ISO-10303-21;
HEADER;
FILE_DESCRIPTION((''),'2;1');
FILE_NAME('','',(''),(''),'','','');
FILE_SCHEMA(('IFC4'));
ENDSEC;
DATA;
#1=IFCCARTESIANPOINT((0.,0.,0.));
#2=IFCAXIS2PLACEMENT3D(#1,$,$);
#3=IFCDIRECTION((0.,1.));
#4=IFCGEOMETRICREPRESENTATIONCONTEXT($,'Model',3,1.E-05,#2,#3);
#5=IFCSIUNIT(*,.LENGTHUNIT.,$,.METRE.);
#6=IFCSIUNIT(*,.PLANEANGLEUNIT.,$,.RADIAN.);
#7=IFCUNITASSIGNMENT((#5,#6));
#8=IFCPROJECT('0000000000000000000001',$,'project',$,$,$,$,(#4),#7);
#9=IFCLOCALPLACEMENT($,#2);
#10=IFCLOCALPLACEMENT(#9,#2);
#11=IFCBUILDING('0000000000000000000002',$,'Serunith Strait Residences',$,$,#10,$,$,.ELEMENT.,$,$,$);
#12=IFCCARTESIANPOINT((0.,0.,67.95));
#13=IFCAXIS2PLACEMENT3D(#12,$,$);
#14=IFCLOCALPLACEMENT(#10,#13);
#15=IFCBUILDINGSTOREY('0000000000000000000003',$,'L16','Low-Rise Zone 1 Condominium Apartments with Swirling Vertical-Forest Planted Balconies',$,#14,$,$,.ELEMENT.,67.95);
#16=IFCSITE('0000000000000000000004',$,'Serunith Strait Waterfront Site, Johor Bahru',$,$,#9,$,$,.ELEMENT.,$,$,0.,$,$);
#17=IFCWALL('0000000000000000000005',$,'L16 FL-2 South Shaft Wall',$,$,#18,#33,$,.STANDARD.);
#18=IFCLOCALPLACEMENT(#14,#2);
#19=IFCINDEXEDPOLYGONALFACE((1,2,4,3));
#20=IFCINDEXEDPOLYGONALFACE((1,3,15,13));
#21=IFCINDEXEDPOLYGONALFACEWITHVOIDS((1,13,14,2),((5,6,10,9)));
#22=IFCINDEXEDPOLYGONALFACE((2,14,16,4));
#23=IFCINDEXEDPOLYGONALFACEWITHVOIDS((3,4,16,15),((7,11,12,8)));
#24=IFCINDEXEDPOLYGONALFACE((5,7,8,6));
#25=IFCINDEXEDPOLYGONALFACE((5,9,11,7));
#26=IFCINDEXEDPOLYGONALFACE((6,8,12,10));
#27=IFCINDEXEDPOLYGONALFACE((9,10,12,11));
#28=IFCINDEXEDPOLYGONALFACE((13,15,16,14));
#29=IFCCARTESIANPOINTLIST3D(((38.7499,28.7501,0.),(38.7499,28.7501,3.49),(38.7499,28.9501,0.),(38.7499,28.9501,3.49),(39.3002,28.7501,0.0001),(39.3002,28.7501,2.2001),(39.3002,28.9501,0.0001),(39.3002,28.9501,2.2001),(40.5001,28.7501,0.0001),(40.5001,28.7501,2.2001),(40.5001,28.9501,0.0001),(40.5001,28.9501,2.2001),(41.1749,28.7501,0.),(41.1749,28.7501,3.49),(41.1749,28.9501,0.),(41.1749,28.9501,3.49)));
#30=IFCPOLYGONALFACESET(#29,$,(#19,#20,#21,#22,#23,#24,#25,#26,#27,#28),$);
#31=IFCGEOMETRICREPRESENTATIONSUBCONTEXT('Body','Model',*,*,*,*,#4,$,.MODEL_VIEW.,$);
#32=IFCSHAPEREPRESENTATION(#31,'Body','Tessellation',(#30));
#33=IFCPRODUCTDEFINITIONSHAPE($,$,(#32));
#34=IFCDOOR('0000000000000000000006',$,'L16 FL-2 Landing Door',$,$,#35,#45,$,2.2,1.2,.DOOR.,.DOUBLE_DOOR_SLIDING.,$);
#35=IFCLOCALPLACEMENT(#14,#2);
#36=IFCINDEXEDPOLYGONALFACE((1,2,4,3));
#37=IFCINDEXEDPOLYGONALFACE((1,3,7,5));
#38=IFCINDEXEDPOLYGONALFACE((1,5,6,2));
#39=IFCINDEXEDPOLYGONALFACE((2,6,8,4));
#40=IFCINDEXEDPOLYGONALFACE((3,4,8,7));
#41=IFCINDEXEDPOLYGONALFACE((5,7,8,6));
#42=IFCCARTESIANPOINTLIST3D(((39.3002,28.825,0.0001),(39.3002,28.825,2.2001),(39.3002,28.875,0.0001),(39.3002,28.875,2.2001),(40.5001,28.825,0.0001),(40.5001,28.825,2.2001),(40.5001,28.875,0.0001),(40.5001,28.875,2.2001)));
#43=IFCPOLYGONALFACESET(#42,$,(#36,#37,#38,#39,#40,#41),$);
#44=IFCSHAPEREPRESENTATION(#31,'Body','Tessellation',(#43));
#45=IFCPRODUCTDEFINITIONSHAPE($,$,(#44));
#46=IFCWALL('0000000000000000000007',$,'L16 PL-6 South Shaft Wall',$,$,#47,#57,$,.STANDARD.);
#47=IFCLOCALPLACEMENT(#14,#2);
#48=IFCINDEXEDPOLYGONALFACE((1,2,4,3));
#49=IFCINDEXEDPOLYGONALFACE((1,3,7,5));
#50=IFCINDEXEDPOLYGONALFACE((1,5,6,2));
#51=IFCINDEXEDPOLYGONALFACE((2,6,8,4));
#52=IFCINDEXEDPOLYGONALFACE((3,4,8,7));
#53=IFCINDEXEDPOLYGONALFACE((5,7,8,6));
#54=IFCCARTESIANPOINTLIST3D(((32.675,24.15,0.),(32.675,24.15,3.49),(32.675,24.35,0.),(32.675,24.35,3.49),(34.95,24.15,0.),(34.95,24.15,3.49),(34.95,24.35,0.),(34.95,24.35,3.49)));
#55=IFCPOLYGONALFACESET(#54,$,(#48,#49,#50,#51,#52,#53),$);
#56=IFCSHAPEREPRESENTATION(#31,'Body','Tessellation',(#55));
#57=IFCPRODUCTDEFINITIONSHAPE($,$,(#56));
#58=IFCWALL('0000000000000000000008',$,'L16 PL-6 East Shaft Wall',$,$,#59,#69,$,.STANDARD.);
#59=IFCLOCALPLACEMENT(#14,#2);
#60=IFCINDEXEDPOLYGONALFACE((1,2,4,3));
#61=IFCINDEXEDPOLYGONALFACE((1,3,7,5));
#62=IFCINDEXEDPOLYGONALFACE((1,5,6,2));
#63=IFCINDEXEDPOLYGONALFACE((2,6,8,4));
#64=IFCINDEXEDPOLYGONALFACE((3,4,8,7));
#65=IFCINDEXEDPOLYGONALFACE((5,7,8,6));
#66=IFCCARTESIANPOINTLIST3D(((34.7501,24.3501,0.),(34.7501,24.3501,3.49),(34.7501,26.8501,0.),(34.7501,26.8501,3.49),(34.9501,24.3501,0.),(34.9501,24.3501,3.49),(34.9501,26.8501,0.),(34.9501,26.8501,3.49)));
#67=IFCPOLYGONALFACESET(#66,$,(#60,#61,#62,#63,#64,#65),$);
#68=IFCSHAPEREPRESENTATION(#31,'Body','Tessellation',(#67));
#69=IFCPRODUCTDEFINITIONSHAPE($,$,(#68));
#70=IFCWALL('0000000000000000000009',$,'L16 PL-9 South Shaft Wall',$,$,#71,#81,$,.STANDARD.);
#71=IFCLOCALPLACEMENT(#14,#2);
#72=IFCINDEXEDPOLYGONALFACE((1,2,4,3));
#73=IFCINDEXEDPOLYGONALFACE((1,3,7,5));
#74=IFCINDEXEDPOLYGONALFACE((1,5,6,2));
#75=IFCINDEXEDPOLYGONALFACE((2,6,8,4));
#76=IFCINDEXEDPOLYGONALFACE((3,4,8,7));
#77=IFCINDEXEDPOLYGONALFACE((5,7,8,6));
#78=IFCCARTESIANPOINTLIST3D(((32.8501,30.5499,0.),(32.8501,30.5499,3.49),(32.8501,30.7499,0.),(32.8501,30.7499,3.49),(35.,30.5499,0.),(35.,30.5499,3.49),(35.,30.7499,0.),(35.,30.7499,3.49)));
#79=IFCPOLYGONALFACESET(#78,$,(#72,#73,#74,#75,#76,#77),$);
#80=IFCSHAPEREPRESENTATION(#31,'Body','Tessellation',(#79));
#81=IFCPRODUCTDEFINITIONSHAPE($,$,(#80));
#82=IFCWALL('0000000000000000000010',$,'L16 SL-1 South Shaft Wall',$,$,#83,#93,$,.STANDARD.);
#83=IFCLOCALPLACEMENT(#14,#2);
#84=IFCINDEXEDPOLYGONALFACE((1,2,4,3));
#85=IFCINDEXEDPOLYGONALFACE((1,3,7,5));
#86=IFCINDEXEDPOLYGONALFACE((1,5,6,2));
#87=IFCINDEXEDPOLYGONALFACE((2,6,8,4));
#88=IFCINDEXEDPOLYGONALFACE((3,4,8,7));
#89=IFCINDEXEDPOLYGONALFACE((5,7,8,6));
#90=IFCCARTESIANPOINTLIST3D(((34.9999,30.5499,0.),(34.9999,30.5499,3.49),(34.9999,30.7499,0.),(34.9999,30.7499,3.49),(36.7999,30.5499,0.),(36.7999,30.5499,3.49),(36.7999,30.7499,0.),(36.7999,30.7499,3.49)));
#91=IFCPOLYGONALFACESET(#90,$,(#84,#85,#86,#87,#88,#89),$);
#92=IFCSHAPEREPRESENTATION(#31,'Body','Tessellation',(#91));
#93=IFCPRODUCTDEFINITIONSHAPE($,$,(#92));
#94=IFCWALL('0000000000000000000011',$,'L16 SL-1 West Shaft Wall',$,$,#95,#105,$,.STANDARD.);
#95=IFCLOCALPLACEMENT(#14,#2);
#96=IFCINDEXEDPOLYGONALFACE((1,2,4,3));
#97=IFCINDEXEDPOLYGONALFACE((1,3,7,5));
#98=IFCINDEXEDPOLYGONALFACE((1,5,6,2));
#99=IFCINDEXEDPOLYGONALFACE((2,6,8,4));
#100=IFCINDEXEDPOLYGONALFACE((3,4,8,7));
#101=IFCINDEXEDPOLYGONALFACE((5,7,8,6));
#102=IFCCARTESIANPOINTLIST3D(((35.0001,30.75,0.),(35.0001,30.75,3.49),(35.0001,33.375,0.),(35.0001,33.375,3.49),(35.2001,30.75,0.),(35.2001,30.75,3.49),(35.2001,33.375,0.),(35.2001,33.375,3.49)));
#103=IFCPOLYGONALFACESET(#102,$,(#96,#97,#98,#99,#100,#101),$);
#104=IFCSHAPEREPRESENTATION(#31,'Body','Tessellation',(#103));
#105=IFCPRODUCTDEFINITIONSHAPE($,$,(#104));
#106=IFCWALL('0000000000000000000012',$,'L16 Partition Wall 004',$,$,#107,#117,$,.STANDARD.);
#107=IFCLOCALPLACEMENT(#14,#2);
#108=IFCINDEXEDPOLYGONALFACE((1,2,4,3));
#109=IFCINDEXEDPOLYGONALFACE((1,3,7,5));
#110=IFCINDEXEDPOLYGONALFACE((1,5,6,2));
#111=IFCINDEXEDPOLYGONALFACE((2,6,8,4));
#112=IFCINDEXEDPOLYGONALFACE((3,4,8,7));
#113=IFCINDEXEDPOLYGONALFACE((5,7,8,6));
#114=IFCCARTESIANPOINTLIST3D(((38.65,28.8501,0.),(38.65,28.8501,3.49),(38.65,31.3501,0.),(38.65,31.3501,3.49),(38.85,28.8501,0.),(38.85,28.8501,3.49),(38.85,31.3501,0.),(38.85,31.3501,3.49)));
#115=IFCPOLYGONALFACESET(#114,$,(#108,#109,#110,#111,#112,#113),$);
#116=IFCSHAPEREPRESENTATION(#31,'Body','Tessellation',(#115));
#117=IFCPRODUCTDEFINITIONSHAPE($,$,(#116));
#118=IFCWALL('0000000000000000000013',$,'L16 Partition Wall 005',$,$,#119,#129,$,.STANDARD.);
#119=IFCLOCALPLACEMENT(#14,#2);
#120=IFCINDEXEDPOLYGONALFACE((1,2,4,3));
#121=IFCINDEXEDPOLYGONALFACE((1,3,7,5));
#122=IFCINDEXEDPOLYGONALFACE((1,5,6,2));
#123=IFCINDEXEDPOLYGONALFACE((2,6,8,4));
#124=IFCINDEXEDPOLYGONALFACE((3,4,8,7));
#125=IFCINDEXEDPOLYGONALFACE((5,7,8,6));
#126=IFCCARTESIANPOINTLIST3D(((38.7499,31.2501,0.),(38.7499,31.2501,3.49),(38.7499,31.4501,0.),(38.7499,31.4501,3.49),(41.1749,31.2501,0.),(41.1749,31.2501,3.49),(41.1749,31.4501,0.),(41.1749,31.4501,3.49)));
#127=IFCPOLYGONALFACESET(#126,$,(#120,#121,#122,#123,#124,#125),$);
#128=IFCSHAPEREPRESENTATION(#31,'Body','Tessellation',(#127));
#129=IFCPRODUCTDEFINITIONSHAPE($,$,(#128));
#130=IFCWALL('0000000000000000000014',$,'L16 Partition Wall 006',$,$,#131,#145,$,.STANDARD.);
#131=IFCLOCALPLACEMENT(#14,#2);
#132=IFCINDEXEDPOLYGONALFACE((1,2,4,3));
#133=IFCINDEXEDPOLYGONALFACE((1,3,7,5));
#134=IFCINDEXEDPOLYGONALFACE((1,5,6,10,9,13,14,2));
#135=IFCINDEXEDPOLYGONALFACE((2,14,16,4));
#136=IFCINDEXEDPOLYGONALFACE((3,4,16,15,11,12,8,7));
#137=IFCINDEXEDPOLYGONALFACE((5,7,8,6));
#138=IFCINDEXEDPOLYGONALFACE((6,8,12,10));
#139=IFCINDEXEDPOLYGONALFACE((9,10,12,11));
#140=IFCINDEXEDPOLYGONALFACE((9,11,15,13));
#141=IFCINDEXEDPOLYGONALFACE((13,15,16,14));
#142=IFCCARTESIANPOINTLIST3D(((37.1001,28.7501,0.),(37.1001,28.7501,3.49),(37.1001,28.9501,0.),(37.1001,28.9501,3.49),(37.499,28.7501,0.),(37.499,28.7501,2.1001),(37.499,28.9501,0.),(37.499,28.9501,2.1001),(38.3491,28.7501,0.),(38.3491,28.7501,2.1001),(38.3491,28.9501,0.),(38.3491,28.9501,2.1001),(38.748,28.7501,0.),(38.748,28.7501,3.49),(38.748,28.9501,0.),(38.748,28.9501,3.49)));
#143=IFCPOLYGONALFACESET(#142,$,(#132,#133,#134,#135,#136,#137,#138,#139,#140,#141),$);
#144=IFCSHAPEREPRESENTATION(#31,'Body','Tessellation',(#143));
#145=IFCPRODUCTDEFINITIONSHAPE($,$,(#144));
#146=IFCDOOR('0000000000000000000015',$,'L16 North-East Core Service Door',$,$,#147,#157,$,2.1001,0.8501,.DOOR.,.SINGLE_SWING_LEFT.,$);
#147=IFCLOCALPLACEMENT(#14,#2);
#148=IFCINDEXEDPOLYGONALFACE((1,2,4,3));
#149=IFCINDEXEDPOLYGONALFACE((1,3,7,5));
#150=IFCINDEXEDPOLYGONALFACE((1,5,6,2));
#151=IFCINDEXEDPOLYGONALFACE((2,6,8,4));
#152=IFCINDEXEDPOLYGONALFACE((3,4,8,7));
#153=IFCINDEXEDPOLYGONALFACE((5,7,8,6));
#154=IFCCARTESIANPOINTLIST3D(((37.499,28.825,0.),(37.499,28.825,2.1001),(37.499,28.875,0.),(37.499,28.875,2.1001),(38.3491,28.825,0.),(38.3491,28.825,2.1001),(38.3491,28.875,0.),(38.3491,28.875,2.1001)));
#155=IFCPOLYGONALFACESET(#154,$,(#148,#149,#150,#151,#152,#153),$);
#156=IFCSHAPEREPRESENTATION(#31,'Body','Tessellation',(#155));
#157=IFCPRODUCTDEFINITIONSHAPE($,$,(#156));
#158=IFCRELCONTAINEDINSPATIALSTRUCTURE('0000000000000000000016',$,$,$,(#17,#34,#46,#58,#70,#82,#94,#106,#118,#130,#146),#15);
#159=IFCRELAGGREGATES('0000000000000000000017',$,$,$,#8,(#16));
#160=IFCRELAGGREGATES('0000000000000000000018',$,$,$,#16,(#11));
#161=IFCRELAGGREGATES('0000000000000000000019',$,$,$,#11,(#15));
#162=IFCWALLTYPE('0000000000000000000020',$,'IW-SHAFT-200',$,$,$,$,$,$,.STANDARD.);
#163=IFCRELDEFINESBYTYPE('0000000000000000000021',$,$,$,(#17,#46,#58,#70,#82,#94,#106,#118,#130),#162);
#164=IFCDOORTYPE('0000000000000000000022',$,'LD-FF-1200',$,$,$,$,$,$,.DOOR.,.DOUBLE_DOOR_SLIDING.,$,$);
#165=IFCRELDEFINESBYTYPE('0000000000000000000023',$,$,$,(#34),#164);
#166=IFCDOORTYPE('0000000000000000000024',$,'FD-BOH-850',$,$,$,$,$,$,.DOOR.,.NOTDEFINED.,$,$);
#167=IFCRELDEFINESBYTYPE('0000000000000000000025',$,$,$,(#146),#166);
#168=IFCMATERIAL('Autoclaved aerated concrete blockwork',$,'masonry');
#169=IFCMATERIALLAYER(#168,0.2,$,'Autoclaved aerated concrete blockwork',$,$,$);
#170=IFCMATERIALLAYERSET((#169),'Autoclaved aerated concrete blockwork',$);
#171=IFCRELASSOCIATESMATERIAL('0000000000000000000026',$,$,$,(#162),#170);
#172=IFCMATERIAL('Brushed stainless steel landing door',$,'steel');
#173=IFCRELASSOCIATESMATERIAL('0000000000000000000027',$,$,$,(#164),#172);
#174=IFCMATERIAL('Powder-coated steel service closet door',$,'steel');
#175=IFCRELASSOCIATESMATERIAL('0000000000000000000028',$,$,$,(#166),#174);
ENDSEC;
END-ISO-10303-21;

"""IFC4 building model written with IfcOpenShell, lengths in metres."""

from ifc_helpers import new_model, si_unit, direction, frame, frame_2d, origin, place, context, subcontext, project, spatial, rectangle, extrude, source, transform, mapped, material, layer, layer_set, type_object, element, fill, save


model = new_model("IFC4")

# Units and contexts
model_context = context("Model", 3, precision=1e-05, world=origin(), true_north=direction((0.0, 1.0)))
body_context = subcontext(model_context, "Body", "Model", "MODEL_VIEW")
ifc_project = project(units=[si_unit("LENGTHUNIT", "METRE"), si_unit("PLANEANGLEUNIT", "RADIAN")], contexts=[model_context])

# Site, building, storey
site_placement = place(None, origin())
site = spatial("IfcSite", under=ifc_project, at=site_placement, Name="Serunith Strait Waterfront Site, Johor Bahru", CompositionType="ELEMENT", RefElevation=0.0)
building_placement = place(site_placement, origin())
building = spatial("IfcBuilding", under=site, at=building_placement, Name="Serunith Strait Residences", CompositionType="ELEMENT")
storey_placement = place(building_placement, frame((0.0, 0.0, 67.95)))
storey = spatial("IfcBuildingStorey", under=building, at=storey_placement, Name="L16", Description="Low-Rise Zone 1 Condominium Apartments with Swirling Vertical-Forest Planted Balconies", CompositionType="ELEMENT", Elevation=67.95)

# Shared definitions
shared_shape_1 = source(origin(), body_context, "Body", "SweptSolid", [
    extrude(rectangle(XDim=0.8501, YDim=2.1001, at=frame_2d((0.425, 1.05))), frame((0.0, 0.0249, 0.0), z_axis=(0.0, -1.0, 0.0), x_axis=(1.0, 0.0, 0.0)), (0.0, 0.0, 1.0), 0.05),
])

# Wall, opening, door
ifc_material_1 = material(Name="Autoclaved aerated concrete blockwork", Category="masonry")
ifc_layer_1 = layer(ifc_material_1, 0.2, Name="Autoclaved aerated concrete blockwork")
ifc_layer_set_1 = layer_set([ifc_layer_1], Name="Autoclaved aerated concrete blockwork")
wall_type_1 = type_object("IfcWallType", Name="IW-SHAFT-200", PredefinedType="STANDARD", material=ifc_layer_set_1)
wall_1_placement = place(storey_placement, frame((38.75, 28.8501, 0.0), z_axis=(0.0, 0.0, 1.0), x_axis=(1.0, 0.0, 0.0)))
wall_1 = element("IfcWall", 1, at=wall_1_placement, inside=storey, type_object=wall_type_1, Name="L16 FL-2 South Shaft Wall", PredefinedType="STANDARD", context=body_context, shape_type="SweptSolid", body=[
    extrude(rectangle(XDim=2.425, YDim=0.2, at=frame_2d((1.2124, 0.0))), origin(), (0.0, 0.0, 1.0), 3.49),
])
opening_1_placement = place(wall_1_placement, frame((0.55, 0.0, 0.0)))
opening_1 = element("IfcOpeningElement", 2, at=opening_1_placement, cuts=wall_1, PredefinedType="OPENING", context=body_context, shape_type="SweptSolid", body=[
    extrude(rectangle(XDim=1.2, YDim=2.2, at=frame_2d((0.6001, 1.1001))), frame((0.0, 0.1099, 0.0), z_axis=(0.0, -1.0, 0.0), x_axis=(1.0, 0.0, 0.0)), (0.0, 0.0, 1.0), 0.22),
])
ifc_material_2 = material(Name="Brushed stainless steel landing door", Category="steel")
door_type_1 = type_object("IfcDoorType", Name="LD-FF-1200", OperationType="DOUBLE_DOOR_SLIDING", PredefinedType="DOOR", material=ifc_material_2)
shared_shape_2 = source(origin(), body_context, "Body", "SweptSolid", [
    extrude(rectangle(XDim=1.2, YDim=2.2, at=frame_2d((0.6001, 1.1001))), frame((0.0, 0.0249, 0.0), z_axis=(0.0, -1.0, 0.0), x_axis=(1.0, 0.0, 0.0)), (0.0, 0.0, 1.0), 0.05),
])
door_1_placement = place(opening_1_placement, origin())
door_1 = element("IfcDoor", 3, at=door_1_placement, inside=storey, type_object=door_type_1, Name="L16 FL-2 Landing Door", OperationType="DOUBLE_DOOR_SLIDING", OverallHeight=2.2, OverallWidth=1.2, PredefinedType="DOOR", context=body_context, shape_type="MappedRepresentation", body=[
    mapped(shared_shape_2, transform((0.0, 0.0, 0.0), scale=1.0)),
])
fill(opening_1, door_1)

# Walls
wall_2_placement = place(storey_placement, frame((32.675, 24.25, 0.0), z_axis=(0.0, 0.0, 1.0), x_axis=(1.0, 0.0, 0.0)))
element("IfcWall", 4, at=wall_2_placement, inside=storey, type_object=wall_type_1, Name="L16 PL-6 South Shaft Wall", PredefinedType="STANDARD", context=body_context, shape_type="SweptSolid", body=[
    extrude(rectangle(XDim=2.2749, YDim=0.2, at=frame_2d((1.1375, 0.0))), origin(), (0.0, 0.0, 1.0), 3.49),
])
wall_3_placement = place(storey_placement, frame((34.8501, 24.3501, 0.0), z_axis=(0.0, 0.0, 1.0), x_axis=(0.0, 1.0, 0.0)))
element("IfcWall", 5, at=wall_3_placement, inside=storey, type_object=wall_type_1, Name="L16 PL-6 East Shaft Wall", PredefinedType="STANDARD", context=body_context, shape_type="SweptSolid", body=[
    extrude(rectangle(XDim=2.5, YDim=0.2, at=frame_2d((1.25, 0.0))), origin(), (0.0, 0.0, 1.0), 3.49),
])
wall_4_placement = place(storey_placement, frame((32.8501, 30.6499, 0.0), z_axis=(0.0, 0.0, 1.0), x_axis=(1.0, 0.0, 0.0)))
element("IfcWall", 6, at=wall_4_placement, inside=storey, type_object=wall_type_1, Name="L16 PL-9 South Shaft Wall", PredefinedType="STANDARD", context=body_context, shape_type="SweptSolid", body=[
    extrude(rectangle(XDim=2.1499, YDim=0.2, at=frame_2d((1.075, 0.0))), origin(), (0.0, 0.0, 1.0), 3.49),
])
wall_5_placement = place(storey_placement, frame((35.0, 30.6499, 0.0), z_axis=(0.0, 0.0, 1.0), x_axis=(1.0, 0.0, 0.0)))
element("IfcWall", 7, at=wall_5_placement, inside=storey, type_object=wall_type_1, Name="L16 SL-1 South Shaft Wall", PredefinedType="STANDARD", context=body_context, shape_type="SweptSolid", body=[
    extrude(rectangle(XDim=1.8, YDim=0.2, at=frame_2d((0.8999, 0.0))), origin(), (0.0, 0.0, 1.0), 3.49),
])
wall_6_placement = place(storey_placement, frame((35.1001, 30.75, 0.0), z_axis=(0.0, 0.0, 1.0), x_axis=(0.0, 1.0, 0.0)))
element("IfcWall", 8, at=wall_6_placement, inside=storey, type_object=wall_type_1, Name="L16 SL-1 West Shaft Wall", PredefinedType="STANDARD", context=body_context, shape_type="SweptSolid", body=[
    extrude(rectangle(XDim=2.625, YDim=0.2, at=frame_2d((1.3125, 0.0))), origin(), (0.0, 0.0, 1.0), 3.49),
])
wall_7_placement = place(storey_placement, frame((38.75, 28.8501, 0.0), z_axis=(0.0, 0.0, 1.0), x_axis=(0.0, 1.0, 0.0)))
element("IfcWall", 9, at=wall_7_placement, inside=storey, type_object=wall_type_1, Name="L16 Partition Wall 004", PredefinedType="STANDARD", context=body_context, shape_type="SweptSolid", body=[
    extrude(rectangle(XDim=2.5, YDim=0.2, at=frame_2d((1.25, 0.0))), origin(), (0.0, 0.0, 1.0), 3.49),
])
wall_8_placement = place(storey_placement, frame((38.75, 31.3501, 0.0), z_axis=(0.0, 0.0, 1.0), x_axis=(1.0, 0.0, 0.0)))
element("IfcWall", 10, at=wall_8_placement, inside=storey, type_object=wall_type_1, Name="L16 Partition Wall 005", PredefinedType="STANDARD", context=body_context, shape_type="SweptSolid", body=[
    extrude(rectangle(XDim=2.425, YDim=0.2, at=frame_2d((1.2124, 0.0))), origin(), (0.0, 0.0, 1.0), 3.49),
])

# Wall, opening, door
wall_9_placement = place(storey_placement, frame((37.1001, 28.8501, 0.0), z_axis=(0.0, 0.0, 1.0), x_axis=(1.0, 0.0, 0.0)))
wall_9 = element("IfcWall", 11, at=wall_9_placement, inside=storey, type_object=wall_type_1, Name="L16 Partition Wall 006", PredefinedType="STANDARD", context=body_context, shape_type="SweptSolid", body=[
    extrude(rectangle(XDim=1.6479, YDim=0.2, at=frame_2d((0.824, 0.0))), origin(), (0.0, 0.0, 1.0), 3.49),
])
opening_2_placement = place(wall_9_placement, frame((0.3989, 0.0, 0.0)))
opening_2 = element("IfcOpeningElement", 12, at=opening_2_placement, cuts=wall_9, PredefinedType="OPENING", context=body_context, shape_type="SweptSolid", body=[
    extrude(rectangle(XDim=0.8501, YDim=2.1001, at=frame_2d((0.425, 1.05))), frame((0.0, 0.1099, 0.0), z_axis=(0.0, -1.0, 0.0), x_axis=(1.0, 0.0, 0.0)), (0.0, 0.0, 1.0), 0.22),
])
ifc_material_3 = material(Name="Powder-coated steel service closet door", Category="steel")
door_type_2 = type_object("IfcDoorType", Name="FD-BOH-850", OperationType="NOTDEFINED", PredefinedType="DOOR", material=ifc_material_3)
door_2_placement = place(opening_2_placement, origin())
door_2 = element("IfcDoor", 13, at=door_2_placement, inside=storey, type_object=door_type_2, Name="L16 North-East Core Service Door", OperationType="SINGLE_SWING_LEFT", OverallHeight=2.1001, OverallWidth=0.8501, PredefinedType="DOOR", context=body_context, shape_type="MappedRepresentation", body=[
    mapped(shared_shape_1, transform((0.0, 0.0, 0.0), scale=1.0)),
])
fill(opening_2, door_2)

save(model, "model.ifc")
